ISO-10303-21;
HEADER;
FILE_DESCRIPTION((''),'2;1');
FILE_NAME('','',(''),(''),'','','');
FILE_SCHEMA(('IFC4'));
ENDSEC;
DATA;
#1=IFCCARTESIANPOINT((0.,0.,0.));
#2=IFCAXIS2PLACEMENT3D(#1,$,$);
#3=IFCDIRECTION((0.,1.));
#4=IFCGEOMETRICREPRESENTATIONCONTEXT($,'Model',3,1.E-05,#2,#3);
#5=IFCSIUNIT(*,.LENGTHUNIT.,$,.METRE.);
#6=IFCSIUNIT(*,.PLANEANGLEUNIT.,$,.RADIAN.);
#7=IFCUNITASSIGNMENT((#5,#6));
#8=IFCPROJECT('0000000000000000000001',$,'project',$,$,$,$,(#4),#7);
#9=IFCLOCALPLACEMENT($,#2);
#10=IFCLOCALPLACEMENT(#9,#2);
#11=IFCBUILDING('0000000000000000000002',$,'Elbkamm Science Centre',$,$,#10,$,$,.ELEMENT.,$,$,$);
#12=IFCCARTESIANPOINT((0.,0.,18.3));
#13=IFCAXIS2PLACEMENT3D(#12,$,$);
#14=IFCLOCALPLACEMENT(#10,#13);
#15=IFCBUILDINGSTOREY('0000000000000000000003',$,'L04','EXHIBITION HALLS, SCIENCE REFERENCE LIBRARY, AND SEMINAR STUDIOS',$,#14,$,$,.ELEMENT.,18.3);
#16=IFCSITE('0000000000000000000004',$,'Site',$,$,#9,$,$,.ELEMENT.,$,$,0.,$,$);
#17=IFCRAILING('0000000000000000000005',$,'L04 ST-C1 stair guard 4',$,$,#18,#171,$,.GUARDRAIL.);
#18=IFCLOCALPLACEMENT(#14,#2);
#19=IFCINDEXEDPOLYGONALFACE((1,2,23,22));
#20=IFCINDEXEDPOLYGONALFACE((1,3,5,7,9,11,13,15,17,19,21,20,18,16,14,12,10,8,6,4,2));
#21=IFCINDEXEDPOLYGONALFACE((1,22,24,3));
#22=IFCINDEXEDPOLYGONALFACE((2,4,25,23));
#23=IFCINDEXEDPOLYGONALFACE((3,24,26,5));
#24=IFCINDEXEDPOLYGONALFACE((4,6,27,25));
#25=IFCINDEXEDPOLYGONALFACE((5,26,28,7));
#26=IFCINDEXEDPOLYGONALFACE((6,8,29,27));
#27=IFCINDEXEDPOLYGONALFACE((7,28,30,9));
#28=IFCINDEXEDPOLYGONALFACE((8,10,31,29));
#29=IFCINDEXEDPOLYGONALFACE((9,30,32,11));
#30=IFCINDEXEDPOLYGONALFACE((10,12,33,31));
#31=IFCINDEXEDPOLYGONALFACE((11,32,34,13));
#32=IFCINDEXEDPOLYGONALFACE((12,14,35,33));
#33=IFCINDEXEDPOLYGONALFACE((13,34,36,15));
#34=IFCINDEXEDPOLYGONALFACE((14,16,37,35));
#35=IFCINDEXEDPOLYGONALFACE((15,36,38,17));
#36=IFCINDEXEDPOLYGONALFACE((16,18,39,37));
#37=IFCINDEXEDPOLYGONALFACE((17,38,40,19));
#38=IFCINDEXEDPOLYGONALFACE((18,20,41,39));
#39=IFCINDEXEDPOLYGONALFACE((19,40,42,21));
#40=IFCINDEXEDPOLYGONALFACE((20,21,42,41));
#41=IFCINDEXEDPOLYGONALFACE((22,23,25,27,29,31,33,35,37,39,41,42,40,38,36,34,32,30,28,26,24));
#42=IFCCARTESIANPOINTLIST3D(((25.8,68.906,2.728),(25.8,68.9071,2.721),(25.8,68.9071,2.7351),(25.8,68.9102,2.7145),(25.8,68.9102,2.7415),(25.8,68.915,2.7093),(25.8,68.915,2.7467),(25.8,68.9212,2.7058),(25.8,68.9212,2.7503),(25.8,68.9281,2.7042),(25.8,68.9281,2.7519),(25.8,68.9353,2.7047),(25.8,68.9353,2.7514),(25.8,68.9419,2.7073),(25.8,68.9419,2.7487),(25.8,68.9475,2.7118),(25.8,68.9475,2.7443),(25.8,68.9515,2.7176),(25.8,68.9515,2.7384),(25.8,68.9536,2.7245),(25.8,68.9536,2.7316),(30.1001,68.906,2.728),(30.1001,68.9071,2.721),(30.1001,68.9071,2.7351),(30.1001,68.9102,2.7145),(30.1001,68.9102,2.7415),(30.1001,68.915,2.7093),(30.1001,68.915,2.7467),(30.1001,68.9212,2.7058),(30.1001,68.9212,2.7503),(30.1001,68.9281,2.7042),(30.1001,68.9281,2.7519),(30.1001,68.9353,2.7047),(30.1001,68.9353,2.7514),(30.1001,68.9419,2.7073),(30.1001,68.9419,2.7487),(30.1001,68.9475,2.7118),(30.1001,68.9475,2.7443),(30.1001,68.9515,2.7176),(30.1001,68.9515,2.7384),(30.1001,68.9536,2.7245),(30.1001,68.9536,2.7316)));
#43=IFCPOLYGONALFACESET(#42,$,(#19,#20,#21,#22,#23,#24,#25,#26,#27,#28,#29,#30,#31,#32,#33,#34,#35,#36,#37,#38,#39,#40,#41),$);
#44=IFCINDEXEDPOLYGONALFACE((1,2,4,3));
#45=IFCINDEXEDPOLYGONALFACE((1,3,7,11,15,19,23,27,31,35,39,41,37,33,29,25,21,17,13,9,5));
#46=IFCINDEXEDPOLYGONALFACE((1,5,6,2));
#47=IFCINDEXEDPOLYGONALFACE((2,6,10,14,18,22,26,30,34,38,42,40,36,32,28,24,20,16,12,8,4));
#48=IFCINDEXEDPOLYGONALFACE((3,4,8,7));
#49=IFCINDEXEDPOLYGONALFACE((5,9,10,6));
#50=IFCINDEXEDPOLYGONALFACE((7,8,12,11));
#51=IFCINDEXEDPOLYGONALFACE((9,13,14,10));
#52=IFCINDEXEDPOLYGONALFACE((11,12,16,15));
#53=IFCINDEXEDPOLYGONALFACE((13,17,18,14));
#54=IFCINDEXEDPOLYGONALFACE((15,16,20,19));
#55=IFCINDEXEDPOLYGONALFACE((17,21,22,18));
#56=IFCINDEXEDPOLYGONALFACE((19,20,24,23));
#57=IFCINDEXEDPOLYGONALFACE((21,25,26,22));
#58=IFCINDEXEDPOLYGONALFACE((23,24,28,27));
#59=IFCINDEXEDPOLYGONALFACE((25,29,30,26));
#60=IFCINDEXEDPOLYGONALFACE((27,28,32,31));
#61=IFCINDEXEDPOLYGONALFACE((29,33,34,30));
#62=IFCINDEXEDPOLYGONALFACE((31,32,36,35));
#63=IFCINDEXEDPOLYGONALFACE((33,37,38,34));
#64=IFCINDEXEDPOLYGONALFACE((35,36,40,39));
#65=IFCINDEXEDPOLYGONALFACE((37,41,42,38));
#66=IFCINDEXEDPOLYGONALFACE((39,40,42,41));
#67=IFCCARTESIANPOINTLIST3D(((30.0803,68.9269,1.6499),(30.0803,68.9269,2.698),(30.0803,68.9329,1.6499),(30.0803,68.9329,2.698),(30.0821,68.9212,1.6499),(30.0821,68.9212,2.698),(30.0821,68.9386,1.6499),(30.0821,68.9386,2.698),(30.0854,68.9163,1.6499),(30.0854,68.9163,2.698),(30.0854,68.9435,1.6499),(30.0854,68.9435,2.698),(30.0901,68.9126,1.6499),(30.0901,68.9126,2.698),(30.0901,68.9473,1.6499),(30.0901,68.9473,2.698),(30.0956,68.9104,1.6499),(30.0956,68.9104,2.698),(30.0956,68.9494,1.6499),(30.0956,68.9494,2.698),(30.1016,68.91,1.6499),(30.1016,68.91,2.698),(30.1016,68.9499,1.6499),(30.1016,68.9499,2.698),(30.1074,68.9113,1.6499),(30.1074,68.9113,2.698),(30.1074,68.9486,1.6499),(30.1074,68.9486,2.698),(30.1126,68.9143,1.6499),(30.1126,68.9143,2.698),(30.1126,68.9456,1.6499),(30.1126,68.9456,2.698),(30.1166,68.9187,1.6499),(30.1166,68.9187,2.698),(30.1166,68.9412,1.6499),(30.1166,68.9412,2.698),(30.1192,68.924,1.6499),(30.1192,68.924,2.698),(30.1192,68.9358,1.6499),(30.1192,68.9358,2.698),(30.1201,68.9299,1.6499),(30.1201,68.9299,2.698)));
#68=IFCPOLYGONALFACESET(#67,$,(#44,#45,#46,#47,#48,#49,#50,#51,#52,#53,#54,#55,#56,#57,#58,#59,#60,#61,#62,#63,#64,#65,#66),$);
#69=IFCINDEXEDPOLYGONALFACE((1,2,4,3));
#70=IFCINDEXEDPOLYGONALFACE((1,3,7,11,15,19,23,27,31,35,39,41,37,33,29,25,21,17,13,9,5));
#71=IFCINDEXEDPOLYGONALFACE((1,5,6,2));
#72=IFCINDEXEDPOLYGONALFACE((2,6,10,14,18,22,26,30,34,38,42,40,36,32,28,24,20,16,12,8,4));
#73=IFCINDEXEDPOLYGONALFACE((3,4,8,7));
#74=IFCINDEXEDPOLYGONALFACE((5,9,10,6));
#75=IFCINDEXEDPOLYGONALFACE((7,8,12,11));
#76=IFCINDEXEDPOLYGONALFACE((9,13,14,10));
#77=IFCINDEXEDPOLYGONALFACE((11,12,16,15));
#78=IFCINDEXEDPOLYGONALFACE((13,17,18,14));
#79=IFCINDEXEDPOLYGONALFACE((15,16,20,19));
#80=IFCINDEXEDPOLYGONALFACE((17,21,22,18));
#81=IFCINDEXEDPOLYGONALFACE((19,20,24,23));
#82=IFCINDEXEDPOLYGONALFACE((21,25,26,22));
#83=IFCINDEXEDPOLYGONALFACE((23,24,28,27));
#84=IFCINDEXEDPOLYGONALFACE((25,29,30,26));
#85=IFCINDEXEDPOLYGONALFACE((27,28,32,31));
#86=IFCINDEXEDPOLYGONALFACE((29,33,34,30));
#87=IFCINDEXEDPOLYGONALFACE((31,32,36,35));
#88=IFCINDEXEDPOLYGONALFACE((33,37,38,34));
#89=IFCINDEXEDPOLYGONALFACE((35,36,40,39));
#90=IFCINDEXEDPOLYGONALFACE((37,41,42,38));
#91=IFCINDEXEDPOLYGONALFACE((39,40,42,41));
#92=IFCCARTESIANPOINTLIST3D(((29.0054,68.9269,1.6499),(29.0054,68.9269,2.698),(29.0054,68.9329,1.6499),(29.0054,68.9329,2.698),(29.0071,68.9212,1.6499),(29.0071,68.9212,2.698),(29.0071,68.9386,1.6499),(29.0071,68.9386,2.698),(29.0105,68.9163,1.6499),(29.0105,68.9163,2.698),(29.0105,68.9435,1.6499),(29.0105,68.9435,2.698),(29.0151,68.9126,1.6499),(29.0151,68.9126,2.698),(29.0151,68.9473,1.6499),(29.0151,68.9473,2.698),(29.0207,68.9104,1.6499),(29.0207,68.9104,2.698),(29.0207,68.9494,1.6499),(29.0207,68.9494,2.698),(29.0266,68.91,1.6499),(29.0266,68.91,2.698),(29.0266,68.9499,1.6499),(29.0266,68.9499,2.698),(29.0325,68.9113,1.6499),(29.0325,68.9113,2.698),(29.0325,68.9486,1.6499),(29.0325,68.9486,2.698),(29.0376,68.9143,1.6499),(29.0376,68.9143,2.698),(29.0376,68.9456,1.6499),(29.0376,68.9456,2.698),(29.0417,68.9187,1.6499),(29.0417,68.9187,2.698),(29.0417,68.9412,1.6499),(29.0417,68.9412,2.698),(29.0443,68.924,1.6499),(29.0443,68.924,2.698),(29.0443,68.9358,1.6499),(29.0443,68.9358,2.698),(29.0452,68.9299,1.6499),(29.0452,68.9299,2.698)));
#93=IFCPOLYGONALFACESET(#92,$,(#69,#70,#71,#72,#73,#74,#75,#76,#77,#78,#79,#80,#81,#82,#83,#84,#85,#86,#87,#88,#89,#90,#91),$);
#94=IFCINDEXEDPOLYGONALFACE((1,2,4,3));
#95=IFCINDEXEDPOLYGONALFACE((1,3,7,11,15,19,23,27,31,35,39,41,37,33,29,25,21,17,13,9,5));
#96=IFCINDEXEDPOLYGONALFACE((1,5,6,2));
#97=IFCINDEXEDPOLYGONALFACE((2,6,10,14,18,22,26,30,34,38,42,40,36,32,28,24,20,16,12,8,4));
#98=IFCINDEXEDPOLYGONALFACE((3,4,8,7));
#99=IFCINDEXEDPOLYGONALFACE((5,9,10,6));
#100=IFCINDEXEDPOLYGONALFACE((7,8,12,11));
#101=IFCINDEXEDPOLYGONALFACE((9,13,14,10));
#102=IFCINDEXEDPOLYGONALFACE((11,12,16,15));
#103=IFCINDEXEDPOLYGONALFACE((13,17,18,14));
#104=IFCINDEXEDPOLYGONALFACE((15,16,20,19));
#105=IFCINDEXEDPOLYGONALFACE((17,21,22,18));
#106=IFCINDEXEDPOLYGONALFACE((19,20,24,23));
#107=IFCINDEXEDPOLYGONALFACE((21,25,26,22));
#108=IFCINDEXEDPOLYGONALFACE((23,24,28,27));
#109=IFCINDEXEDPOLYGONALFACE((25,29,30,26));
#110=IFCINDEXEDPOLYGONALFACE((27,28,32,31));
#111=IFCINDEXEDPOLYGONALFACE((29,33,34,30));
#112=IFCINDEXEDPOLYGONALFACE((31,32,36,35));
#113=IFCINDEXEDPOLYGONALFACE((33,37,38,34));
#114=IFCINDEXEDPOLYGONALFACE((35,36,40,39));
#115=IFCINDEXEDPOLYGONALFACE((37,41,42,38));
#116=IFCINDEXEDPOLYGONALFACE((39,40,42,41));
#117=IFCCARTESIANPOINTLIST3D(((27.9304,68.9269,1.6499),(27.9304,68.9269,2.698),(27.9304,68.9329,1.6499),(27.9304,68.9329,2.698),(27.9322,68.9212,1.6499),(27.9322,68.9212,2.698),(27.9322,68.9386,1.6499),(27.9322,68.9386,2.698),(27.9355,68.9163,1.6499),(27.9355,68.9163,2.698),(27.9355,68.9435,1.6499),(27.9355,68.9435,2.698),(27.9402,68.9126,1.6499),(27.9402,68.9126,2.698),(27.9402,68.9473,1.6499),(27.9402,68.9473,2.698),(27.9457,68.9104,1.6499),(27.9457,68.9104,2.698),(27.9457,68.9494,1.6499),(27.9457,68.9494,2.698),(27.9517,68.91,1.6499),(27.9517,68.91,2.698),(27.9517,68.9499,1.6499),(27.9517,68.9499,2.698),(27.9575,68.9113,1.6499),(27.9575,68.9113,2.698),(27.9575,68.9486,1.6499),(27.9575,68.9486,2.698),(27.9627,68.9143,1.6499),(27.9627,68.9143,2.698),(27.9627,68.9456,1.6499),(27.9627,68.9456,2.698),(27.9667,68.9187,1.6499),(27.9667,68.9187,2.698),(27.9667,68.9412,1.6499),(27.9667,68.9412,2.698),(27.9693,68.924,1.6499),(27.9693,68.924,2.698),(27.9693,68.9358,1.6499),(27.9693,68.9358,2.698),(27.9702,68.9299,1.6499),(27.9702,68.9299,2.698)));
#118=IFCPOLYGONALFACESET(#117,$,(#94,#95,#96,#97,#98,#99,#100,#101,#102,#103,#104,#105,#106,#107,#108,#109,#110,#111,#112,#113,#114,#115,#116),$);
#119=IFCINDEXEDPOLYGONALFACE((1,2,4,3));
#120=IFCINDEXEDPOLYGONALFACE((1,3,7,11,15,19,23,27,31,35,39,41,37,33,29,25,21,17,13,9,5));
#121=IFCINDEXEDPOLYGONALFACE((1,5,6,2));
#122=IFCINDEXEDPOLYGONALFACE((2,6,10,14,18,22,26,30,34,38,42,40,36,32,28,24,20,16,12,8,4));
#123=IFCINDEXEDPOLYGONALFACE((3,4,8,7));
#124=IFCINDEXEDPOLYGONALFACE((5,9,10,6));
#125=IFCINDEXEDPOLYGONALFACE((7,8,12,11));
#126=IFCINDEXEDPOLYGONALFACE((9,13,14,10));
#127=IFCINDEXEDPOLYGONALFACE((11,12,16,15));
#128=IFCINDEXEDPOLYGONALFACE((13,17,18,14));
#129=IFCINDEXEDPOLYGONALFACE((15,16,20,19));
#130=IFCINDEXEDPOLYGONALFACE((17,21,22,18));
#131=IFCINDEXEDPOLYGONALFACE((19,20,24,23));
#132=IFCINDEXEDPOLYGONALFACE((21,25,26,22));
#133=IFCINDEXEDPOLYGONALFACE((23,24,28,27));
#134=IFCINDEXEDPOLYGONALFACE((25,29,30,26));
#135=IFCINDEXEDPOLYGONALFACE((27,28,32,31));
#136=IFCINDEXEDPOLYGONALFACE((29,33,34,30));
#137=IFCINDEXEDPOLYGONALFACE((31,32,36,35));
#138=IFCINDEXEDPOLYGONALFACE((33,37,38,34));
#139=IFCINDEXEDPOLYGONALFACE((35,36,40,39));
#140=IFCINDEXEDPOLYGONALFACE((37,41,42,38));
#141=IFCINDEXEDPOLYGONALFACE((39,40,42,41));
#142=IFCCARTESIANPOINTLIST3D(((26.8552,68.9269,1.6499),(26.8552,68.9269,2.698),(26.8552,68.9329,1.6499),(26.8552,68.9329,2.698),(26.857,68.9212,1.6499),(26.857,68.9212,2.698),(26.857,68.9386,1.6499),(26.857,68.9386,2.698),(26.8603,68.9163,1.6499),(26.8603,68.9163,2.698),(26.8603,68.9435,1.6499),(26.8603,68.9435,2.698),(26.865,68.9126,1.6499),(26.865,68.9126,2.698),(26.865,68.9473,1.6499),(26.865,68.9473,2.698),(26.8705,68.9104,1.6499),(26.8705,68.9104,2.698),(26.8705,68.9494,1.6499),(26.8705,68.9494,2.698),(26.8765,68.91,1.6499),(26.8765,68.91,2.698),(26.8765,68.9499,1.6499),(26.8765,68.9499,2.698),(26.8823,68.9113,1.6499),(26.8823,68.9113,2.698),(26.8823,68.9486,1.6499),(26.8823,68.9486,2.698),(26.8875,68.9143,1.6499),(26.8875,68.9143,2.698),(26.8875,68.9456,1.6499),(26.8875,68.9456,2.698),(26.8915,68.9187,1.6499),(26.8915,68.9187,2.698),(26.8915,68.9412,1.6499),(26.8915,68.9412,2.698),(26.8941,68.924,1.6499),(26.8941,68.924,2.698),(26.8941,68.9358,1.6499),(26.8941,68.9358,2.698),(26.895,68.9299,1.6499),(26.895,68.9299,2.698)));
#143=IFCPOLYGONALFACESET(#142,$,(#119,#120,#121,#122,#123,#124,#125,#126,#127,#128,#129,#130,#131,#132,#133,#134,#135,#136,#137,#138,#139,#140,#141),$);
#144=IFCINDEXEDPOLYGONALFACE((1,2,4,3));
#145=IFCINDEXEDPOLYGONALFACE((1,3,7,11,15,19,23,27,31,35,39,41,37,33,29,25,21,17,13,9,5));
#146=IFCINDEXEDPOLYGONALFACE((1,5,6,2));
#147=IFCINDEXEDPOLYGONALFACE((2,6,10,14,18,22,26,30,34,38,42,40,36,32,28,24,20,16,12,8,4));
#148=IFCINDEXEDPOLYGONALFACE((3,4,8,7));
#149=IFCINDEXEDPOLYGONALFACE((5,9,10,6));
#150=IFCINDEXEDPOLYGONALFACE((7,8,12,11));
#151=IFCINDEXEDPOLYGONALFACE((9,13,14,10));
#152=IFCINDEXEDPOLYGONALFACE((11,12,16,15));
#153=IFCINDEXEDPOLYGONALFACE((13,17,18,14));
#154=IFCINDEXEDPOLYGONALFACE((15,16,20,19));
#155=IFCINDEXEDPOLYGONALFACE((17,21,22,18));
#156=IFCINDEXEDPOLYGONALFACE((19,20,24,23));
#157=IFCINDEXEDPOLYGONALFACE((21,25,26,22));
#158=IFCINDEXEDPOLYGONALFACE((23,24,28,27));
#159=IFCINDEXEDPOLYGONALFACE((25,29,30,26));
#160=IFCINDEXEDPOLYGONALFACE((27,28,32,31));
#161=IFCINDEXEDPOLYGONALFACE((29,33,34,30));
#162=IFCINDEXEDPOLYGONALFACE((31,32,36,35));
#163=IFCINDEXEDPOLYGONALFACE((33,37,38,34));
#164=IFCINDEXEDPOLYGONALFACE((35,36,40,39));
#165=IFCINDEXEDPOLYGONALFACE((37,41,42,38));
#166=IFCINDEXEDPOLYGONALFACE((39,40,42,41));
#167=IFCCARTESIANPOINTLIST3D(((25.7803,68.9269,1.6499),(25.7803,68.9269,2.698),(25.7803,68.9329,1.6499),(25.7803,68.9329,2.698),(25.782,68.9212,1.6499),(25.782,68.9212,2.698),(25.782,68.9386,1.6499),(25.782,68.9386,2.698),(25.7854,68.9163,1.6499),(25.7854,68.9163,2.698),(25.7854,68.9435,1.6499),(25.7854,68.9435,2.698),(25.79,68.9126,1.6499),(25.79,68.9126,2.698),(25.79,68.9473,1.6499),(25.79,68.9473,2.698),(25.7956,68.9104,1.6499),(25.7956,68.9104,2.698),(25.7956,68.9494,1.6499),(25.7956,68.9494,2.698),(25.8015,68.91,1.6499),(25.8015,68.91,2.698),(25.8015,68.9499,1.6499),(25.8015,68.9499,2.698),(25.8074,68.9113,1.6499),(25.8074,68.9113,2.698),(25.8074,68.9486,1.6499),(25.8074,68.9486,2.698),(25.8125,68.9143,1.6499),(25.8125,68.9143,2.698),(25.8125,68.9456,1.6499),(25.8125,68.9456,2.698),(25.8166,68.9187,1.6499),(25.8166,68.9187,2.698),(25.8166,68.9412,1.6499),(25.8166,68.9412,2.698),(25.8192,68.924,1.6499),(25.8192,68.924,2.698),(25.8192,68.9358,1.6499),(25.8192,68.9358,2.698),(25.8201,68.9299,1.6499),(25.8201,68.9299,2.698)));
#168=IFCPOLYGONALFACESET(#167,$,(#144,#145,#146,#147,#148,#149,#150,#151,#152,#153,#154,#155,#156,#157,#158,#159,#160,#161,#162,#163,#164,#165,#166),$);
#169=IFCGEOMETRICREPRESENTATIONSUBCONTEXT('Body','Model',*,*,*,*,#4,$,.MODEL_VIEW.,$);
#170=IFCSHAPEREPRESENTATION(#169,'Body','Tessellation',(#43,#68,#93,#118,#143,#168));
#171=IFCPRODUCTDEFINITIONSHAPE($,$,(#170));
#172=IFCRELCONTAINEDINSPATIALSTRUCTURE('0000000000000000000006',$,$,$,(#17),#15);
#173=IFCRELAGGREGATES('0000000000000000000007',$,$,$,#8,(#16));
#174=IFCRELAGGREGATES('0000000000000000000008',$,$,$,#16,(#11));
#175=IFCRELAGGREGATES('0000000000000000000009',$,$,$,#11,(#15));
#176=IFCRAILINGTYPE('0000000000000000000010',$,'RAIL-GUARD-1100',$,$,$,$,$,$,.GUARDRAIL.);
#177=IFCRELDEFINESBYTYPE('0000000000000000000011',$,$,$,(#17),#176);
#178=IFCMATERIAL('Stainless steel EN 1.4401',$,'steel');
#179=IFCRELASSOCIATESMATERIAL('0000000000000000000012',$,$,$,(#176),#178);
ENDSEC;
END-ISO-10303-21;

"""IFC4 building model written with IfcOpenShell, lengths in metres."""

from ifc_helpers import new_model, si_unit, direction, frame, origin, origin_2d, place, context, subcontext, project, spatial, circle, extrude, material, type_object, element, save


model = new_model("IFC4")

# Units and contexts
model_context = context("Model", 3, precision=1e-05, world=origin(), true_north=direction((0.0, 1.0)))
body_context = subcontext(model_context, "Body", "Model", "MODEL_VIEW")
ifc_project = project(units=[si_unit("LENGTHUNIT", "METRE"), si_unit("PLANEANGLEUNIT", "RADIAN")], contexts=[model_context])

# Site, building, storey
site_placement = place(None, origin())
site = spatial("IfcSite", under=ifc_project, at=site_placement, Name="Site", CompositionType="ELEMENT", RefElevation=0.0)
building_placement = place(site_placement, origin())
building = spatial("IfcBuilding", under=site, at=building_placement, Name="Elbkamm Science Centre", CompositionType="ELEMENT")
storey_placement = place(building_placement, frame((0.0, 0.0, 18.3)))
storey = spatial("IfcBuildingStorey", under=building, at=storey_placement, Name="L04", Description="EXHIBITION HALLS, SCIENCE REFERENCE LIBRARY, AND SEMINAR STUDIOS", CompositionType="ELEMENT", Elevation=18.3)

# Railing
ifc_material_1 = material(Name="Stainless steel EN 1.4401", Category="steel")
railing_type_1 = type_object("IfcRailingType", Name="RAIL-GUARD-1100", PredefinedType="GUARDRAIL", material=ifc_material_1)
railing_1_placement = place(storey_placement, frame((30.1001, 68.9299, 1.6499)))
element("IfcRailing", 1, at=railing_1_placement, inside=storey, type_object=railing_type_1, Name="L04 ST-C1 stair guard 4", PredefinedType="GUARDRAIL", context=body_context, shape_type="SweptSolid", body=[
    extrude(circle(Radius=0.0239, at=origin_2d()), frame((0.0, 0.0, 1.0781), z_axis=(-1.0, 0.0, 0.0), x_axis=(0.0, -1.0, 0.0)), (0.0, 0.0, 1.0), 4.3),
    extrude(circle(Radius=0.02, at=origin_2d()), origin(), (0.0, 0.0, 1.0), 1.0481),
    extrude(circle(Radius=0.02, at=origin_2d()), frame((-1.075, 0.0, 0.0)), (0.0, 0.0, 1.0), 1.0481),
    extrude(circle(Radius=0.02, at=origin_2d()), frame((-2.1499, 0.0, 0.0)), (0.0, 0.0, 1.0), 1.0481),
    extrude(circle(Radius=0.02, at=origin_2d()), frame((-3.2251, 0.0, 0.0)), (0.0, 0.0, 1.0), 1.0481),
    extrude(circle(Radius=0.02, at=origin_2d()), frame((-4.3, 0.0, 0.0)), (0.0, 0.0, 1.0), 1.0481),
])

save(model, "model.ifc")
